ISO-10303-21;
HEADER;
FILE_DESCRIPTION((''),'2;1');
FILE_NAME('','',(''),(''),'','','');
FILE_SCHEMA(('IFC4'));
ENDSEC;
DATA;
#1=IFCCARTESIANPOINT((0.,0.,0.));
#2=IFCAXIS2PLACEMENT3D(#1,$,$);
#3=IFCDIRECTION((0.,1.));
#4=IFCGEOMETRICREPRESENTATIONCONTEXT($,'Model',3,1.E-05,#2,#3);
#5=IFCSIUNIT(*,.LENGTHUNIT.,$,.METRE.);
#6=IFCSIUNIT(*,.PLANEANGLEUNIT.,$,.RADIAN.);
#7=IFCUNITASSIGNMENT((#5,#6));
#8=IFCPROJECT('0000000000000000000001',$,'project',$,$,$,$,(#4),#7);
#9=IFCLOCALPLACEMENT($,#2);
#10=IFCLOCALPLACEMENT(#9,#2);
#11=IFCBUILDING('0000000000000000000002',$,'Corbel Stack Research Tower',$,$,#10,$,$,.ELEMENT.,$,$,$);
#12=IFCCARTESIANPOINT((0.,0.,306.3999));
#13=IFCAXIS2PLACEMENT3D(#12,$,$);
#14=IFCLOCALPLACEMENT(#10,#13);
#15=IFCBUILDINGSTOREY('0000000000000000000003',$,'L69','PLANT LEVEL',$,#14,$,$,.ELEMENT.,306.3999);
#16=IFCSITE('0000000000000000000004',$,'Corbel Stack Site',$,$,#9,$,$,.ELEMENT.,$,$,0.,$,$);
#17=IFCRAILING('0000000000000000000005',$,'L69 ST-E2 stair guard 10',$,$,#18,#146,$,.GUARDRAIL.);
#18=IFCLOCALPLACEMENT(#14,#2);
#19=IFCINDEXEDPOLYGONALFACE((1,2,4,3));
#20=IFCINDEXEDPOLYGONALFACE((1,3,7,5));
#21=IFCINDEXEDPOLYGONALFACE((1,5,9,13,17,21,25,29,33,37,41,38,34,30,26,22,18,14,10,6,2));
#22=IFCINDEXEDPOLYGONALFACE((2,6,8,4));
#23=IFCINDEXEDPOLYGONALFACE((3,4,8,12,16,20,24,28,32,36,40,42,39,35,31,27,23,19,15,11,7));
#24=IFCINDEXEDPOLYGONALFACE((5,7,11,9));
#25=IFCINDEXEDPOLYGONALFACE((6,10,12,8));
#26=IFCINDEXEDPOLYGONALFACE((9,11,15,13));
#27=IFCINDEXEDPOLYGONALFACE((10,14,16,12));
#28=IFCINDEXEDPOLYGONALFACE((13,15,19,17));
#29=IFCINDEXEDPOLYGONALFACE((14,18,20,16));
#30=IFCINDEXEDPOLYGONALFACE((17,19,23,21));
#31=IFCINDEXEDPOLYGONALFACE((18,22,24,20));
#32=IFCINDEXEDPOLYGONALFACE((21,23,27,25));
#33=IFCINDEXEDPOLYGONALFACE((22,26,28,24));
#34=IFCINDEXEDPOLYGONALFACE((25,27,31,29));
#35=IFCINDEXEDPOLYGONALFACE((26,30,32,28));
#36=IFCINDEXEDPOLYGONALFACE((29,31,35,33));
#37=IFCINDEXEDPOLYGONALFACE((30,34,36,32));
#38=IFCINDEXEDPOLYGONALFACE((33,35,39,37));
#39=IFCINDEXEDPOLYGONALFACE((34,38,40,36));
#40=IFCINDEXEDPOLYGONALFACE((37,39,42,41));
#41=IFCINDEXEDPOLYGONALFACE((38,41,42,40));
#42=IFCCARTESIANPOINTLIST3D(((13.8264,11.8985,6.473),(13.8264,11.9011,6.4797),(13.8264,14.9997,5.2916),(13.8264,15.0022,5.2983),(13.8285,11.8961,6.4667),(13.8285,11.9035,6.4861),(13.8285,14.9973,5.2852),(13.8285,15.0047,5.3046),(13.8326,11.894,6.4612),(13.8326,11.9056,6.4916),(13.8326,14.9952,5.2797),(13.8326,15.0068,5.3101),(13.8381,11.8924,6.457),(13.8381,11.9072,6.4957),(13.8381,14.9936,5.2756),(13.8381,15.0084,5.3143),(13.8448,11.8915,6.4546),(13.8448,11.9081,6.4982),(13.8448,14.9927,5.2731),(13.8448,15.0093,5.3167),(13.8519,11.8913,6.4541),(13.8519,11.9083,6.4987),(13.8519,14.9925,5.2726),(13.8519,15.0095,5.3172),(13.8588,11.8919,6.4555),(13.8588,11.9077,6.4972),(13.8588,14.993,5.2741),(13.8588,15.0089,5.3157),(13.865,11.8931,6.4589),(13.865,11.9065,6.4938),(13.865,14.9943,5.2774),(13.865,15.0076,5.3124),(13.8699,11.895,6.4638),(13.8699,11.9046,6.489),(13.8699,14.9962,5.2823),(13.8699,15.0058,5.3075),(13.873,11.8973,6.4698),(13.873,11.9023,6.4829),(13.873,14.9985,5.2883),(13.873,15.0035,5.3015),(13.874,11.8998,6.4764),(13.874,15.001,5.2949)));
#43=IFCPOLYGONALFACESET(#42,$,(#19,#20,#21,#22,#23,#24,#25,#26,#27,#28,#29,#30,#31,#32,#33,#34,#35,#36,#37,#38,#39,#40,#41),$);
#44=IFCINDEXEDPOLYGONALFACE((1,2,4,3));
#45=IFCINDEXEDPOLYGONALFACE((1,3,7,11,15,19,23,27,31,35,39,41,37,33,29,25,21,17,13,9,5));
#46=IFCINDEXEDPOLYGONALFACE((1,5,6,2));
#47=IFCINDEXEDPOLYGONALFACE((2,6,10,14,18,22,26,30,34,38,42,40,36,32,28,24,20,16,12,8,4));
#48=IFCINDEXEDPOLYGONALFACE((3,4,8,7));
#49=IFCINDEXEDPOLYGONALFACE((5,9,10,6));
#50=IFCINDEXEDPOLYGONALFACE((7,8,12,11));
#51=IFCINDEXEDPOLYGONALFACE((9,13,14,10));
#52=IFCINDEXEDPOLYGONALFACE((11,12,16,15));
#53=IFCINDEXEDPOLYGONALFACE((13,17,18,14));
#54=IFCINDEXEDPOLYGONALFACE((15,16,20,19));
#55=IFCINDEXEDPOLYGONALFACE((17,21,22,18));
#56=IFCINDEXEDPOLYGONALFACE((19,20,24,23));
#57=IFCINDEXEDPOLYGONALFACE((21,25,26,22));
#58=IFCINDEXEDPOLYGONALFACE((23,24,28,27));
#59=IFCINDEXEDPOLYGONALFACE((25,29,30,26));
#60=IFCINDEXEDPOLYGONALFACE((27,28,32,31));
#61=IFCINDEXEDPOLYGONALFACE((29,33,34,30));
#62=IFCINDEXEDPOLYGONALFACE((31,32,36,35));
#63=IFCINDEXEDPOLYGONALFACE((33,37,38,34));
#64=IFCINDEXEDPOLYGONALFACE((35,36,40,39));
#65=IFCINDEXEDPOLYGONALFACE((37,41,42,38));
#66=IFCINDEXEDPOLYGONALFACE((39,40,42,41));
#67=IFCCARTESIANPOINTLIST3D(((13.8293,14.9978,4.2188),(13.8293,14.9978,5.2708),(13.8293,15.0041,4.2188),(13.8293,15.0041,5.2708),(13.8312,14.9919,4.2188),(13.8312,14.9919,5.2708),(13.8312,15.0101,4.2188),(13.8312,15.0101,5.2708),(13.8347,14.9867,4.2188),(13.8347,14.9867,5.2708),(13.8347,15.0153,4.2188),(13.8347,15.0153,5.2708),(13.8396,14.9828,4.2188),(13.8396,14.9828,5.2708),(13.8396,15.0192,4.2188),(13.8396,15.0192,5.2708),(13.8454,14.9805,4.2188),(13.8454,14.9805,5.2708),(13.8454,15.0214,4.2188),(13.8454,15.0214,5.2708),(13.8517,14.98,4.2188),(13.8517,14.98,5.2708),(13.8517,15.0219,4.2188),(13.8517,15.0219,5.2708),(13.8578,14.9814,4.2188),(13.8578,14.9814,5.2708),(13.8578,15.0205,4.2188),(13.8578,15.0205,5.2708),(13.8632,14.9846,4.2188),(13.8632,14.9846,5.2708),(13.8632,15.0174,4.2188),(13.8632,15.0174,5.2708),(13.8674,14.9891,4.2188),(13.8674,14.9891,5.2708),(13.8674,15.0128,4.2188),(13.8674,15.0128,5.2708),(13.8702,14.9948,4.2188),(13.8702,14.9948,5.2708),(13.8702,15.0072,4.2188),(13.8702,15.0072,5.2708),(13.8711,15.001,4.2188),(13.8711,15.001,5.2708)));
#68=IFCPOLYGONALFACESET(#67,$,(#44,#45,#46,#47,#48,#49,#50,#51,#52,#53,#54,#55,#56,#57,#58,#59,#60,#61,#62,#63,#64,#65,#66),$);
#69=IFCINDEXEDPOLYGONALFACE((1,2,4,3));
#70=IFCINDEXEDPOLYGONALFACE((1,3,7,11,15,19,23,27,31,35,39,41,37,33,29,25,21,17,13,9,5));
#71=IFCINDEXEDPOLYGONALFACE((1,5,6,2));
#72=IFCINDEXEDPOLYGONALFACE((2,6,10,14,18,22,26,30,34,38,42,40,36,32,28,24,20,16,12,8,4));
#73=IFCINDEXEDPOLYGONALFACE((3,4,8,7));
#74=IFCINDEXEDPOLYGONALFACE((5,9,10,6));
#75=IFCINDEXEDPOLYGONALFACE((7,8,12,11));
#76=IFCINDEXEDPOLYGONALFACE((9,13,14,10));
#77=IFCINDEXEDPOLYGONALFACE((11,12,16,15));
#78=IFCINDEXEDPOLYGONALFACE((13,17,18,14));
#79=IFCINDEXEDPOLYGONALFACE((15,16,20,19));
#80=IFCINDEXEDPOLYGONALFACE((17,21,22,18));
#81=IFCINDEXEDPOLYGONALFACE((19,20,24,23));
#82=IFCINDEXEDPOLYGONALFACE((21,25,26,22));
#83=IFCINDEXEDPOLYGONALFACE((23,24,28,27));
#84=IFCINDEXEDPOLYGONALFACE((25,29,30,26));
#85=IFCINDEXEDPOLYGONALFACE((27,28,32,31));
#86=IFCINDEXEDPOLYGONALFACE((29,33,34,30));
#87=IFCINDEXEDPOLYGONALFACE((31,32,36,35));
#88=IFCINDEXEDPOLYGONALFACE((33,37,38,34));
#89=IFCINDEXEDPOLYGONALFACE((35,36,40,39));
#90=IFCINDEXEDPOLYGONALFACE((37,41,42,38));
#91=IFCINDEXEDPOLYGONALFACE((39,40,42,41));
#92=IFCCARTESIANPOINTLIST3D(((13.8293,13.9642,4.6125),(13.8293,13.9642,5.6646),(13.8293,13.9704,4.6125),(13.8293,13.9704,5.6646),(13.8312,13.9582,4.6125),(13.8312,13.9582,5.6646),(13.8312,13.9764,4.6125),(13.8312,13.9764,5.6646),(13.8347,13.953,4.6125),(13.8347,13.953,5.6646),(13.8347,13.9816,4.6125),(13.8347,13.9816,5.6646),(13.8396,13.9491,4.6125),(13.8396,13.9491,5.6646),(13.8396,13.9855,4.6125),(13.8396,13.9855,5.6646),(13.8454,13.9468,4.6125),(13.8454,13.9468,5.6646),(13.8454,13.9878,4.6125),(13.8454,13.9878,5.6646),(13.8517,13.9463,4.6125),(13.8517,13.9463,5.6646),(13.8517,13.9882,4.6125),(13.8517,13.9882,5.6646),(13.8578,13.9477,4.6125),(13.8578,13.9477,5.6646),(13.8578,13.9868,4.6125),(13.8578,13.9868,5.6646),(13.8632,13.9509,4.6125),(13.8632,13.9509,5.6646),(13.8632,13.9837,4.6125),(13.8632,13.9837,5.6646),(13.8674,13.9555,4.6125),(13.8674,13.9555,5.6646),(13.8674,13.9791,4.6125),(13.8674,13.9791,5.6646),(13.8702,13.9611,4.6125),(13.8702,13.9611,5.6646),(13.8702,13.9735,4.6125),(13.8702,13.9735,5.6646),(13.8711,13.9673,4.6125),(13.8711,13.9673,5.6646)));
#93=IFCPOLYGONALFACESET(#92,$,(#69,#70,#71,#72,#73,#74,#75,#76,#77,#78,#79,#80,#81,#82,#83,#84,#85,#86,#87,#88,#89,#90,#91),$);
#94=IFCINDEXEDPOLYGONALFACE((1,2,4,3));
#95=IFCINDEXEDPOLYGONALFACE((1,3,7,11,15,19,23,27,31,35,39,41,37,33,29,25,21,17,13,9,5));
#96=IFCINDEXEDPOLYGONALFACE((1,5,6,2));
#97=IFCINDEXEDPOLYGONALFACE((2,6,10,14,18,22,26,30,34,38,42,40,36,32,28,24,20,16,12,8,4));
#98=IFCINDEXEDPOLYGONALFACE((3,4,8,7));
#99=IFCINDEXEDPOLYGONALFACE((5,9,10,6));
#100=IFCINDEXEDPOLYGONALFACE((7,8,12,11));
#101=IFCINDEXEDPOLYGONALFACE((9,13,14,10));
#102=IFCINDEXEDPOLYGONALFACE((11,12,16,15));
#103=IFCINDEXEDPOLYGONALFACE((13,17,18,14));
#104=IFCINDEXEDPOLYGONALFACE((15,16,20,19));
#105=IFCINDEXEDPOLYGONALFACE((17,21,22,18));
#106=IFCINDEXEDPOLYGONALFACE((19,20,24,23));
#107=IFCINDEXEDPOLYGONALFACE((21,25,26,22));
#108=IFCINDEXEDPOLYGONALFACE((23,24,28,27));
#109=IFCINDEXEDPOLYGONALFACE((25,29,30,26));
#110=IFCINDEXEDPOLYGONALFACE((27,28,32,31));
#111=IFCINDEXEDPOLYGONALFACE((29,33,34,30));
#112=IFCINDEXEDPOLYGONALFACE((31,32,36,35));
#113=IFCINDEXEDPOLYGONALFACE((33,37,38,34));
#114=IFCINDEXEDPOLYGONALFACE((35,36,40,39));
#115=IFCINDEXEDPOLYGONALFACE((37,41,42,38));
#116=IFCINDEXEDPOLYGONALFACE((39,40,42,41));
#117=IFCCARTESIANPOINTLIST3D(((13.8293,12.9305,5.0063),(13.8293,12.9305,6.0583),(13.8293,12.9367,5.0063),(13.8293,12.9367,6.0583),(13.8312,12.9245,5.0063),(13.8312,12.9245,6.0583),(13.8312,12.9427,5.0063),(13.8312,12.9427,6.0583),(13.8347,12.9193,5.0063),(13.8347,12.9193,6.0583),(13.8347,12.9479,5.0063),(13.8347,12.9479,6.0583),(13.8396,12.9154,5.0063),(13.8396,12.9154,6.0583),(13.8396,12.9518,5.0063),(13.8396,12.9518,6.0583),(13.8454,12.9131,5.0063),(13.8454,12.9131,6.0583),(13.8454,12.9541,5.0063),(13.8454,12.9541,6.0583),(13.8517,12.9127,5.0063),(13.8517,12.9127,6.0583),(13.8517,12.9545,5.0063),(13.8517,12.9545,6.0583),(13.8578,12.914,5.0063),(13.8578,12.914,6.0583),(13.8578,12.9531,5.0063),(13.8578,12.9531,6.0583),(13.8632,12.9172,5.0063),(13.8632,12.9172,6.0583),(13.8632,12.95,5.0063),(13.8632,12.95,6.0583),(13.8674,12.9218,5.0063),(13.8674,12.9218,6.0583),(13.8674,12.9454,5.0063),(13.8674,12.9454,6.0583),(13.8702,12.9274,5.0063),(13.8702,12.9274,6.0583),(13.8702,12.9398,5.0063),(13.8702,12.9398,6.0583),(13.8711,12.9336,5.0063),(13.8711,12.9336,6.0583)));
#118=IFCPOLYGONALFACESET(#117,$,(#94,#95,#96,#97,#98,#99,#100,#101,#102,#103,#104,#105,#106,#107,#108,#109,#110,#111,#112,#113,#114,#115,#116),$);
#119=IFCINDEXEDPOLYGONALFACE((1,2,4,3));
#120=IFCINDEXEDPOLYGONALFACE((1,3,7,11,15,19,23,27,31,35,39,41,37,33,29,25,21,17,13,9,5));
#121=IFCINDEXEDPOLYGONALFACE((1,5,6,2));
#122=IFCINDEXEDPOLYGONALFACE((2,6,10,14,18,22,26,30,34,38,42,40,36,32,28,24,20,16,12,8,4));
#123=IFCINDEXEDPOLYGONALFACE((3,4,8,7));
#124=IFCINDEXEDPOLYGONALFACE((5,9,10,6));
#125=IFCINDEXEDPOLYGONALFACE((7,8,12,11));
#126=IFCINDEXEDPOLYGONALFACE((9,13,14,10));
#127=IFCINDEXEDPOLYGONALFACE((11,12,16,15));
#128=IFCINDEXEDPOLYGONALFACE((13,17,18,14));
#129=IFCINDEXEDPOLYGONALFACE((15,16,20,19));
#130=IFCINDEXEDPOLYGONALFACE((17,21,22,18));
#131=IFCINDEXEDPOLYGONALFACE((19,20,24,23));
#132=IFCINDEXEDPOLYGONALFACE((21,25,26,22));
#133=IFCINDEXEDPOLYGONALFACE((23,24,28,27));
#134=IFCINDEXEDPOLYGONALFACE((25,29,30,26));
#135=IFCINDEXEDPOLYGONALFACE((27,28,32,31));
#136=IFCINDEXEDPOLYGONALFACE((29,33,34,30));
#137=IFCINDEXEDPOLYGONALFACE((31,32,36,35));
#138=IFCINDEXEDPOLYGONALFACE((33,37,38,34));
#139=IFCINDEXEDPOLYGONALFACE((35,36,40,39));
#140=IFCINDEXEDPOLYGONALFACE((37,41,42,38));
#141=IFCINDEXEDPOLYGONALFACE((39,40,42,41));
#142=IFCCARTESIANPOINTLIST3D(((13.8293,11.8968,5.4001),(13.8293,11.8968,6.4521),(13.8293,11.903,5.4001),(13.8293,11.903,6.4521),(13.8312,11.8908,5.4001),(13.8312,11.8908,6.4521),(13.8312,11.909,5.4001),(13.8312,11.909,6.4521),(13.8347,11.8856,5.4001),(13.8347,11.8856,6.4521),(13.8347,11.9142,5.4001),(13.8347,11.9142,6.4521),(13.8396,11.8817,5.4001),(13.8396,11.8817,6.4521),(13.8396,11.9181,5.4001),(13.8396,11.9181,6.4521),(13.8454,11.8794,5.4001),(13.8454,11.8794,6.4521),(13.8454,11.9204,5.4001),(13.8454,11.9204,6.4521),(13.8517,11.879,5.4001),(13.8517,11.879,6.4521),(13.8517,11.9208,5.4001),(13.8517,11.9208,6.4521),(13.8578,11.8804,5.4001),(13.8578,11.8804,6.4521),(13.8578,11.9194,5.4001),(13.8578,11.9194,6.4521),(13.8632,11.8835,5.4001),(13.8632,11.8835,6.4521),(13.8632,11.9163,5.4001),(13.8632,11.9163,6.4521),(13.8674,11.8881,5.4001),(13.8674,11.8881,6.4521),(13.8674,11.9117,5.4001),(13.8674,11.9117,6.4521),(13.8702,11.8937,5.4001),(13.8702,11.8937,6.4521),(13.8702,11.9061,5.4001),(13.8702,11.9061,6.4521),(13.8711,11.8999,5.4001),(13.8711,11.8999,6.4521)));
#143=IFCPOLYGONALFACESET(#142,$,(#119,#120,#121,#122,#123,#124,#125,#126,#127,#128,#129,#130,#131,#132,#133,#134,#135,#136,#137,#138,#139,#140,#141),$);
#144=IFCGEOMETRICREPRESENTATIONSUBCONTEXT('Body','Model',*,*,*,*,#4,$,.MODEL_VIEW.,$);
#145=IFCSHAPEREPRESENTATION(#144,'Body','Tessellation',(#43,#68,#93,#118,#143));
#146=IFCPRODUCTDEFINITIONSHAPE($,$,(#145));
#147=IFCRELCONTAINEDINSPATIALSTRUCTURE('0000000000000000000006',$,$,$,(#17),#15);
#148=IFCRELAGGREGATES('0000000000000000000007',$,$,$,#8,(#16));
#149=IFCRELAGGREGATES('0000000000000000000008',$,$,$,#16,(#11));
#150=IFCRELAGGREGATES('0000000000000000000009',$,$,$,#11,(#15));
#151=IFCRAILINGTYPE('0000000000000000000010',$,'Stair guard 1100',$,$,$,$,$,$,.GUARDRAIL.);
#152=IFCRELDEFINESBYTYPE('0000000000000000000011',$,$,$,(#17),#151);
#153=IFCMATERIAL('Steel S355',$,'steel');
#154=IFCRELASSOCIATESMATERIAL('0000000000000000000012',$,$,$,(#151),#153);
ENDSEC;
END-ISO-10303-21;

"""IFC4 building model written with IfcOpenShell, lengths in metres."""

from ifc_helpers import new_model, si_unit, direction, frame, origin, origin_2d, place, context, subcontext, project, spatial, circle, extrude, material, type_object, element, save


model = new_model("IFC4")

# Units and contexts
model_context = context("Model", 3, precision=1e-05, world=origin(), true_north=direction((0.0, 1.0)))
body_context = subcontext(model_context, "Body", "Model", "MODEL_VIEW")
ifc_project = project(units=[si_unit("LENGTHUNIT", "METRE"), si_unit("PLANEANGLEUNIT", "RADIAN")], contexts=[model_context])

# Site, building, storey
site_placement = place(None, origin())
site = spatial("IfcSite", under=ifc_project, at=site_placement, Name="Corbel Stack Site", CompositionType="ELEMENT", RefElevation=0.0)
building_placement = place(site_placement, origin())
building = spatial("IfcBuilding", under=site, at=building_placement, Name="Corbel Stack Research Tower", CompositionType="ELEMENT")
storey_placement = place(building_placement, frame((0.0, 0.0, 306.3999)))
storey = spatial("IfcBuildingStorey", under=building, at=storey_placement, Name="L69", Description="PLANT LEVEL", CompositionType="ELEMENT", Elevation=306.3999)

# Railing
ifc_material_1 = material(Name="Steel S355", Category="steel")
railing_type_1 = type_object("IfcRailingType", Name="Stair guard 1100", PredefinedType="GUARDRAIL", material=ifc_material_1)
railing_1_placement = place(storey_placement, frame((13.8501, 15.001, 4.2188)))
element("IfcRailing", 1, at=railing_1_placement, inside=storey, type_object=railing_type_1, Name="L69 ST-E2 stair guard 10", PredefinedType="GUARDRAIL", context=body_context, shape_type="SweptSolid", body=[
    extrude(circle(Radius=0.0239, at=origin_2d()), frame((0.0, 0.0, 1.0762), z_axis=(0.0, -0.934484, 0.356005), x_axis=(1.0, 0.0, 0.0)), (0.0, 0.0, 1.0), 3.3186),
    extrude(circle(Radius=0.021, at=origin_2d()), origin(), (0.0, 0.0, 1.0), 1.052),
    extrude(circle(Radius=0.021, at=origin_2d()), frame((0.0, -1.0337, 0.3938)), (0.0, 0.0, 1.0), 1.052),
    extrude(circle(Radius=0.021, at=origin_2d()), frame((0.0, -2.0674, 0.7876)), (0.0, 0.0, 1.0), 1.052),
    extrude(circle(Radius=0.021, at=origin_2d()), frame((0.0, -3.1011, 1.1814)), (0.0, 0.0, 1.0), 1.052),
])

save(model, "model.ifc")
